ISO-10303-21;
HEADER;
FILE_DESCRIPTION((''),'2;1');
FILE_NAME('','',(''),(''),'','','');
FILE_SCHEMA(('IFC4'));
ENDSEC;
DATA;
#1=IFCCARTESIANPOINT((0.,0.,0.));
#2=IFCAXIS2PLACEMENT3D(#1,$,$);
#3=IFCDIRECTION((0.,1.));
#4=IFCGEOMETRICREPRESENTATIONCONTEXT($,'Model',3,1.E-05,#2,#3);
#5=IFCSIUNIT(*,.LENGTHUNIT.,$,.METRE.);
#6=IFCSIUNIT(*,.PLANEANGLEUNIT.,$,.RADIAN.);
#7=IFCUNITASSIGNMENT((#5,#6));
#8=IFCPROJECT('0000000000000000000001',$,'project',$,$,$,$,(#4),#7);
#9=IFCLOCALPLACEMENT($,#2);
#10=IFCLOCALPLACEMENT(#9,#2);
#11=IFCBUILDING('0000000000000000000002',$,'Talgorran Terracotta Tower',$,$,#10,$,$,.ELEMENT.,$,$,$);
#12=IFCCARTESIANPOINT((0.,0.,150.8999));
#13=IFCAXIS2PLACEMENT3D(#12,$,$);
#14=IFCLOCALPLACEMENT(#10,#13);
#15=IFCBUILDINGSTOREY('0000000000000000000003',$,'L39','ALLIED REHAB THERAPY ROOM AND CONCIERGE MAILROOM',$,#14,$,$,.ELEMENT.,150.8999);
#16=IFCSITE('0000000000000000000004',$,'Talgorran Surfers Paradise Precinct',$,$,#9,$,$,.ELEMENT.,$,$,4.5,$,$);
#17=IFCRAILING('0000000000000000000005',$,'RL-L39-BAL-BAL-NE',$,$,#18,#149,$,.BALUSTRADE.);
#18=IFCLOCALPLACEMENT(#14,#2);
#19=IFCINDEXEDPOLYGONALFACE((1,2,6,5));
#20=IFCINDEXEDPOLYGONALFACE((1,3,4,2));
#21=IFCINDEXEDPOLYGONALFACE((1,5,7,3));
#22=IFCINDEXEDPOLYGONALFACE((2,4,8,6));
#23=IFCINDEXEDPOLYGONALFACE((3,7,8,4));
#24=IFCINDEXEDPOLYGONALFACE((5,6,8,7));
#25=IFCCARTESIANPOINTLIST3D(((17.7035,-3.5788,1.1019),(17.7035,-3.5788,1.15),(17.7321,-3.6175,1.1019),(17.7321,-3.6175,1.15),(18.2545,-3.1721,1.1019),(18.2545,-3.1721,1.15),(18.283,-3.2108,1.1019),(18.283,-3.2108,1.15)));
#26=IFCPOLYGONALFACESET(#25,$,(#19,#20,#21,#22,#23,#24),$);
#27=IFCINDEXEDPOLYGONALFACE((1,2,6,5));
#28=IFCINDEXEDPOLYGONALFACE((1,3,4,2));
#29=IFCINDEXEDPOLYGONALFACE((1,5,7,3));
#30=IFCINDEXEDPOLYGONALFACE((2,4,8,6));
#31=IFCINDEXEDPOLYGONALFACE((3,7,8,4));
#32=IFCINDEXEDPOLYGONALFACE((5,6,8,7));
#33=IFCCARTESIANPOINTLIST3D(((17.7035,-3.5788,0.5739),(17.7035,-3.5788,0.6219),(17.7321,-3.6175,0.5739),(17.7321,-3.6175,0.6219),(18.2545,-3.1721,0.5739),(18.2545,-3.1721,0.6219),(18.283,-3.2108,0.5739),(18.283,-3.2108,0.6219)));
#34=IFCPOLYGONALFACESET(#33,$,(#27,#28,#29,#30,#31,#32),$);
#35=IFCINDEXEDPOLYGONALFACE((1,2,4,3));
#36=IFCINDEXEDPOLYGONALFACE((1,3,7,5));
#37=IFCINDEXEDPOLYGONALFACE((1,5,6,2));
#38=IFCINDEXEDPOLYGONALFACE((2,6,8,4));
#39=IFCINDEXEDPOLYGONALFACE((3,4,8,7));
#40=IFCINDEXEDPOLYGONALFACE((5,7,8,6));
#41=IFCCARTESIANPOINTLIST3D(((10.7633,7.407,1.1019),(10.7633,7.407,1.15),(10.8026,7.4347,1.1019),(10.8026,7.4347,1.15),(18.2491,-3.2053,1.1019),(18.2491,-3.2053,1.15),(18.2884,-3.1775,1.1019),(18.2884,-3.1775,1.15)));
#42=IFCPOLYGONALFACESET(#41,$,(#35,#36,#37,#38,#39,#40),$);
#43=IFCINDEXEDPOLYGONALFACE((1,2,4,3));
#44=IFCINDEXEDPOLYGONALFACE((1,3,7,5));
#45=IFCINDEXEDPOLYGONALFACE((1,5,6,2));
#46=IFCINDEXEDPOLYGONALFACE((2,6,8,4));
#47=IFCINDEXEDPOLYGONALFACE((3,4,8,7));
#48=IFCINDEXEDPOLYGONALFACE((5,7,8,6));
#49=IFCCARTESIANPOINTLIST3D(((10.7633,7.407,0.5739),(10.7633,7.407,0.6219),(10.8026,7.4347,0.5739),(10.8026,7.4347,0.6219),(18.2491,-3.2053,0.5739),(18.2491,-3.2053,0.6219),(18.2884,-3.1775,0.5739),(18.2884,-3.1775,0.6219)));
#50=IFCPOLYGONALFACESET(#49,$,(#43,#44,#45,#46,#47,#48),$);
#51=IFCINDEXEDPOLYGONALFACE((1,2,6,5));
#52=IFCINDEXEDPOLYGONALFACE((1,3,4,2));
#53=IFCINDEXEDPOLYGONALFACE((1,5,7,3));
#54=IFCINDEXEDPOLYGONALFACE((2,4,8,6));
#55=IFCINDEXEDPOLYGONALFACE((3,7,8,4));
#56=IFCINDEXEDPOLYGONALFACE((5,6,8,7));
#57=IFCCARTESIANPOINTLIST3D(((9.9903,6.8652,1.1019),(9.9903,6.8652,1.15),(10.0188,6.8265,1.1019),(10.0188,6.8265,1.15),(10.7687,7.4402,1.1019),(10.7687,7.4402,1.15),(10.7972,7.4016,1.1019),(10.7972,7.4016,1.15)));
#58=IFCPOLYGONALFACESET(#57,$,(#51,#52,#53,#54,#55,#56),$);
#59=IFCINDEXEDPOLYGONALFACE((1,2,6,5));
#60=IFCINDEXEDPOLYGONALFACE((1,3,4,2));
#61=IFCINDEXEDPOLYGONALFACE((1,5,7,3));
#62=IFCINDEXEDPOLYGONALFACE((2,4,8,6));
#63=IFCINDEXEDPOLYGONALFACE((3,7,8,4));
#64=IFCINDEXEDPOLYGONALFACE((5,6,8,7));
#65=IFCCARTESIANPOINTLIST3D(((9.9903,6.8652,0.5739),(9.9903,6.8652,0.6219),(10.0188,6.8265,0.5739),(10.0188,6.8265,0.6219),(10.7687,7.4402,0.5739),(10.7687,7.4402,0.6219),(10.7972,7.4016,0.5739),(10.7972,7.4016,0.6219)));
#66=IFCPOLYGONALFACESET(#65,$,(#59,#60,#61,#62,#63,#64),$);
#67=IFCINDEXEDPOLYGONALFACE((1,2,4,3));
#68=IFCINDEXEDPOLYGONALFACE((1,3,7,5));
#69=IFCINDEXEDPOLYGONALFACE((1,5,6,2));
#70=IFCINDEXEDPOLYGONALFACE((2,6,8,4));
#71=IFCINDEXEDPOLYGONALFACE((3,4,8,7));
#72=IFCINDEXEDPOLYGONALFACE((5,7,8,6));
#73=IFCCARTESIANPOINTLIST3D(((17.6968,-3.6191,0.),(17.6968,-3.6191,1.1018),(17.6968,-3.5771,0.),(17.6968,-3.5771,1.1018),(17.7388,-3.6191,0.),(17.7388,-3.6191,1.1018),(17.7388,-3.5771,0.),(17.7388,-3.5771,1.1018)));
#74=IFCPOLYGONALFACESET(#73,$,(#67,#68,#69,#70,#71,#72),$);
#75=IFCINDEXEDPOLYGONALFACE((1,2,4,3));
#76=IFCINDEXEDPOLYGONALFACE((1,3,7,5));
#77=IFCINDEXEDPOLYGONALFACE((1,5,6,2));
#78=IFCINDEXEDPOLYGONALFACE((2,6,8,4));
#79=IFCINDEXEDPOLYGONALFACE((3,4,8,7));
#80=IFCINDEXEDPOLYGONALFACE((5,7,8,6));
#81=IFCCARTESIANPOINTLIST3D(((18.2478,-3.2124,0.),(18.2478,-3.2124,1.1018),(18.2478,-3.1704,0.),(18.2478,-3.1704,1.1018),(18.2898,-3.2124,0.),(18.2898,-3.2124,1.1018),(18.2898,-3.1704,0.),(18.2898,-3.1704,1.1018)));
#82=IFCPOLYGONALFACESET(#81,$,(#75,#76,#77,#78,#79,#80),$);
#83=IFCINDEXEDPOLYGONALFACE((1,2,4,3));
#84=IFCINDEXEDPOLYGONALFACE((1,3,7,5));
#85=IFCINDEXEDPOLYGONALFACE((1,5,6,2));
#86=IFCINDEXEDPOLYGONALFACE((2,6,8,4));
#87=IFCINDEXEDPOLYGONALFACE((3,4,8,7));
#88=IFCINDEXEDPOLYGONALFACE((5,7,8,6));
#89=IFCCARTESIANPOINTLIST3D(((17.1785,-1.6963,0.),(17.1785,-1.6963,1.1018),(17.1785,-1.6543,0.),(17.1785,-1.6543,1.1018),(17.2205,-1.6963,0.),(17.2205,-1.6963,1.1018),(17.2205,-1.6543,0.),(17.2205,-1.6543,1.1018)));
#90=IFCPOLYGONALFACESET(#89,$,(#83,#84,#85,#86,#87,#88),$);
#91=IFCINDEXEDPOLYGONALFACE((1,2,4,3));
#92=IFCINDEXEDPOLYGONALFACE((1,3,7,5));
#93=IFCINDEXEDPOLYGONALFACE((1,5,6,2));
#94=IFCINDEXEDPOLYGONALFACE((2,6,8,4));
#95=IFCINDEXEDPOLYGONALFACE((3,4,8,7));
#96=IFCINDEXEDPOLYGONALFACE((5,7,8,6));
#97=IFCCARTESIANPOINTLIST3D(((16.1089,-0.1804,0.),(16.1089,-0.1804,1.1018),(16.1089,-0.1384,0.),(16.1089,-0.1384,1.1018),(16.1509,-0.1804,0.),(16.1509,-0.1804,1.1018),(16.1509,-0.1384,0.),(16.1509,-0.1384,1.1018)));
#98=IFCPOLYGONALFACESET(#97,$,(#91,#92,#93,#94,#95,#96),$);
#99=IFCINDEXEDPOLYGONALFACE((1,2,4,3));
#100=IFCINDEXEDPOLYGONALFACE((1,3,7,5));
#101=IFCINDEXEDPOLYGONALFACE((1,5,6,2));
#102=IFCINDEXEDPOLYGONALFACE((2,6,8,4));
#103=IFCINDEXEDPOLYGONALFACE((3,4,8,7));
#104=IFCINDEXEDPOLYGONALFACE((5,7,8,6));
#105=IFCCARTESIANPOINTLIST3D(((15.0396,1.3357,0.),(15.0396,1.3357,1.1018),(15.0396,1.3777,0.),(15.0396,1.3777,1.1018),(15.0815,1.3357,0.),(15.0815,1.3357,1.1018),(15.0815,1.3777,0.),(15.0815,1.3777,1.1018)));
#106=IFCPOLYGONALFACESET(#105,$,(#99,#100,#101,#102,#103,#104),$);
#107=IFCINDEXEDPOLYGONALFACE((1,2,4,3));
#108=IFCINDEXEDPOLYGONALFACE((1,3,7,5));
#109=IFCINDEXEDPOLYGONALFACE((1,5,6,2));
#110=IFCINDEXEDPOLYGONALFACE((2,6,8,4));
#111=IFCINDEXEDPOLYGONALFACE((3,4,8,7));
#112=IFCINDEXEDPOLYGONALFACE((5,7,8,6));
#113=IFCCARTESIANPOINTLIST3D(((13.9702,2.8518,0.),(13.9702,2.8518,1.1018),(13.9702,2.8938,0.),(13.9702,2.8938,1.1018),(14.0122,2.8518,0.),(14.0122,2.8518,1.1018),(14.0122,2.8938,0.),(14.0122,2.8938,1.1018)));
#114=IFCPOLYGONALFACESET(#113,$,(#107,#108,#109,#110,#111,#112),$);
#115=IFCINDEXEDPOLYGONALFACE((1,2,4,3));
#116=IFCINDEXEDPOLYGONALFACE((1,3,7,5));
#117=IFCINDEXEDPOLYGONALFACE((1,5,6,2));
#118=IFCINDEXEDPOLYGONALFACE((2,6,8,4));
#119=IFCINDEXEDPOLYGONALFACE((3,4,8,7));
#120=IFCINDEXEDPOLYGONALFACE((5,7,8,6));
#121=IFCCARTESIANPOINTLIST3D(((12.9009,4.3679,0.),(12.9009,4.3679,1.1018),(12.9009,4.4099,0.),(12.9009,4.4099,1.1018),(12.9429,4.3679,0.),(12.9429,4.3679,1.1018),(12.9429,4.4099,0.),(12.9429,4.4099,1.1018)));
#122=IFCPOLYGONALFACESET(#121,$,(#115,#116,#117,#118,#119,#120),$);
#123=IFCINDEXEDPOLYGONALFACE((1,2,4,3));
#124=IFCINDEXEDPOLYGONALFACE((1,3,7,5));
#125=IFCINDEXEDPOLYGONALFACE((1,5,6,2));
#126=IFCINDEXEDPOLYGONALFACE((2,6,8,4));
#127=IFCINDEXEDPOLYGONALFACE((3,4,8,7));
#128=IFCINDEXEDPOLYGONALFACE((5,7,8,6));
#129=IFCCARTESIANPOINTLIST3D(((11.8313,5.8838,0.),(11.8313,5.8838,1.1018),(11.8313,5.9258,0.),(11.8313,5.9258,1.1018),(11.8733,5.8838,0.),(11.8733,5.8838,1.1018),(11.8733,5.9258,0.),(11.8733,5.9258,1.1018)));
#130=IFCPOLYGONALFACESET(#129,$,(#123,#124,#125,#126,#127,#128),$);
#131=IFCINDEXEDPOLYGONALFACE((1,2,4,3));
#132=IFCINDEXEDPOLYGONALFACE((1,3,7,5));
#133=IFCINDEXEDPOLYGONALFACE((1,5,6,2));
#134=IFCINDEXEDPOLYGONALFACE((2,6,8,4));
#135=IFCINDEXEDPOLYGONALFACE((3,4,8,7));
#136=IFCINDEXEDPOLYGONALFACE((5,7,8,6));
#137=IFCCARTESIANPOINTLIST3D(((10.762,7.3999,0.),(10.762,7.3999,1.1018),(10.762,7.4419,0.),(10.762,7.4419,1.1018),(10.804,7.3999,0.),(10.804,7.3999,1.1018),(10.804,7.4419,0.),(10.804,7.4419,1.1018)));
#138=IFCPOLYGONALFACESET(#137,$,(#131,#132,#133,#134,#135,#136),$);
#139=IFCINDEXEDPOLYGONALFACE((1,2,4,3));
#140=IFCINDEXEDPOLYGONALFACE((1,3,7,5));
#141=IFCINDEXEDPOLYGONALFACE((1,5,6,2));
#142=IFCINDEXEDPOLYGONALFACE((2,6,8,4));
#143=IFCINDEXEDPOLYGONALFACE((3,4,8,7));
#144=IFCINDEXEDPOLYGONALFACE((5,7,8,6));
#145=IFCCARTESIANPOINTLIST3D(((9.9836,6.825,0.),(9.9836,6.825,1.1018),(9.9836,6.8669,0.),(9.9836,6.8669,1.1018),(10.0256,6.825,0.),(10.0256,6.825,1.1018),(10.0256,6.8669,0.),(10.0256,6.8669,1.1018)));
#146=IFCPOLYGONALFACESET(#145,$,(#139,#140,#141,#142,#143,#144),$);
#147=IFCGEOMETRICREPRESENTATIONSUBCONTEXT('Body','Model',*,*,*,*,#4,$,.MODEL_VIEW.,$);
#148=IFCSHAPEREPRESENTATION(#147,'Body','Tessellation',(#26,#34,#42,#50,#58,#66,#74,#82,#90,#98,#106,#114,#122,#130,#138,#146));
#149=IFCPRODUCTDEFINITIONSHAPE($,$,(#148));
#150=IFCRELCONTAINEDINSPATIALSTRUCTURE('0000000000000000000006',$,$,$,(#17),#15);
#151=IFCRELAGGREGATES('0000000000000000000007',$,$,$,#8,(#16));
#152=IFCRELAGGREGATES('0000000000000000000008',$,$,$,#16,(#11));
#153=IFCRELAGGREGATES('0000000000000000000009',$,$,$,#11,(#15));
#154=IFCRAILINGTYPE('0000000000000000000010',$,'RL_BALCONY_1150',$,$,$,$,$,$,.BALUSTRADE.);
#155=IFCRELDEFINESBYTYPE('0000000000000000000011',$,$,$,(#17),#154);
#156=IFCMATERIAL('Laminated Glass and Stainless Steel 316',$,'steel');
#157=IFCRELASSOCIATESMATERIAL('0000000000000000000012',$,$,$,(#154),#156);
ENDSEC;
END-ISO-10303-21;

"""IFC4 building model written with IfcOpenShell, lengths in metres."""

from ifc_helpers import new_model, si_unit, direction, frame, origin, origin_2d, place, context, subcontext, project, spatial, rectangle, extrude, material, type_object, element, save


model = new_model("IFC4")

# Units and contexts
model_context = context("Model", 3, precision=1e-05, world=origin(), true_north=direction((0.0, 1.0)))
body_context = subcontext(model_context, "Body", "Model", "MODEL_VIEW")
ifc_project = project(units=[si_unit("LENGTHUNIT", "METRE"), si_unit("PLANEANGLEUNIT", "RADIAN")], contexts=[model_context])

# Site, building, storey
site_placement = place(None, origin())
site = spatial("IfcSite", under=ifc_project, at=site_placement, Name="Talgorran Surfers Paradise Precinct", CompositionType="ELEMENT", RefElevation=4.5)
building_placement = place(site_placement, origin())
building = spatial("IfcBuilding", under=site, at=building_placement, Name="Talgorran Terracotta Tower", CompositionType="ELEMENT")
storey_placement = place(building_placement, frame((0.0, 0.0, 150.8999)))
storey = spatial("IfcBuildingStorey", under=building, at=storey_placement, Name="L39", Description="ALLIED REHAB THERAPY ROOM AND CONCIERGE MAILROOM", CompositionType="ELEMENT", Elevation=150.8999)

# Railing
ifc_material_1 = material(Name="Laminated Glass and Stainless Steel 316", Category="steel")
railing_type = type_object("IfcRailingType", Name="RL_BALCONY_1150", PredefinedType="BALUSTRADE", material=ifc_material_1)
railing_placement = place(storey_placement, frame((17.7178, -3.5981, 0.0)))
element("IfcRailing", 1, at=railing_placement, inside=storey, type_object=railing_type, Name="RL-L39-BAL-BAL-NE", PredefinedType="BALUSTRADE", context=body_context, shape_type="SweptSolid", body=[
    extrude(rectangle(XDim=0.0481, YDim=0.0481, at=origin_2d()), frame((0.0, 0.0, 1.126), z_axis=(0.804554, 0.59388, 0.0), x_axis=(-0.59388, 0.804554, 0.0)), (0.0, 0.0, 1.0), 0.6848),
    extrude(rectangle(XDim=0.0481, YDim=0.0481, at=origin_2d()), frame((0.0, 0.0, 0.5979), z_axis=(0.804554, 0.59388, 0.0), x_axis=(-0.59388, 0.804554, 0.0)), (0.0, 0.0, 1.0), 0.6848),
    extrude(rectangle(XDim=0.0481, YDim=0.0481, at=origin_2d()), frame((0.551, 0.4067, 1.126), z_axis=(-0.576416, 0.817156, 0.0), x_axis=(-0.817156, -0.576416, 0.0)), (0.0, 0.0, 1.0), 12.9868),
    extrude(rectangle(XDim=0.0481, YDim=0.0481, at=origin_2d()), frame((0.551, 0.4067, 0.5979), z_axis=(-0.576416, 0.817156, 0.0), x_axis=(-0.817156, -0.576416, 0.0)), (0.0, 0.0, 1.0), 12.9868),
    extrude(rectangle(XDim=0.0481, YDim=0.0481, at=origin_2d()), frame((-6.9348, 11.019, 1.126), z_axis=(-0.804339, -0.594171, 0.0), x_axis=(0.594171, -0.804339, 0.0)), (0.0, 0.0, 1.0), 0.9678),
    extrude(rectangle(XDim=0.0481, YDim=0.0481, at=origin_2d()), frame((-6.9348, 11.019, 0.5979), z_axis=(-0.804339, -0.594171, 0.0), x_axis=(0.594171, -0.804339, 0.0)), (0.0, 0.0, 1.0), 0.9678),
    extrude(rectangle(XDim=0.042, YDim=0.042, at=origin_2d()), origin(), (0.0, 0.0, 1.0), 1.1018),
    extrude(rectangle(XDim=0.042, YDim=0.042, at=origin_2d()), frame((0.551, 0.4067, 0.0)), (0.0, 0.0, 1.0), 1.1018),
    extrude(rectangle(XDim=0.042, YDim=0.042, at=origin_2d()), frame((-0.5183, 1.9229, 0.0)), (0.0, 0.0, 1.0), 1.1018),
    extrude(rectangle(XDim=0.042, YDim=0.042, at=origin_2d()), frame((-1.5879, 3.4387, 0.0)), (0.0, 0.0, 1.0), 1.1018),
    extrude(rectangle(XDim=0.042, YDim=0.042, at=origin_2d()), frame((-2.6572, 4.9548, 0.0)), (0.0, 0.0, 1.0), 1.1018),
    extrude(rectangle(XDim=0.042, YDim=0.042, at=origin_2d()), frame((-3.7266, 6.4709, 0.0)), (0.0, 0.0, 1.0), 1.1018),
    extrude(rectangle(XDim=0.042, YDim=0.042, at=origin_2d()), frame((-4.7959, 7.9871, 0.0)), (0.0, 0.0, 1.0), 1.1018),
    extrude(rectangle(XDim=0.042, YDim=0.042, at=origin_2d()), frame((-5.8655, 9.5029, 0.0)), (0.0, 0.0, 1.0), 1.1018),
    extrude(rectangle(XDim=0.042, YDim=0.042, at=origin_2d()), frame((-6.9348, 11.019, 0.0)), (0.0, 0.0, 1.0), 1.1018),
    extrude(rectangle(XDim=0.042, YDim=0.042, at=origin_2d()), frame((-7.7131, 10.4441, 0.0)), (0.0, 0.0, 1.0), 1.1018),
])

save(model, "model.ifc")
